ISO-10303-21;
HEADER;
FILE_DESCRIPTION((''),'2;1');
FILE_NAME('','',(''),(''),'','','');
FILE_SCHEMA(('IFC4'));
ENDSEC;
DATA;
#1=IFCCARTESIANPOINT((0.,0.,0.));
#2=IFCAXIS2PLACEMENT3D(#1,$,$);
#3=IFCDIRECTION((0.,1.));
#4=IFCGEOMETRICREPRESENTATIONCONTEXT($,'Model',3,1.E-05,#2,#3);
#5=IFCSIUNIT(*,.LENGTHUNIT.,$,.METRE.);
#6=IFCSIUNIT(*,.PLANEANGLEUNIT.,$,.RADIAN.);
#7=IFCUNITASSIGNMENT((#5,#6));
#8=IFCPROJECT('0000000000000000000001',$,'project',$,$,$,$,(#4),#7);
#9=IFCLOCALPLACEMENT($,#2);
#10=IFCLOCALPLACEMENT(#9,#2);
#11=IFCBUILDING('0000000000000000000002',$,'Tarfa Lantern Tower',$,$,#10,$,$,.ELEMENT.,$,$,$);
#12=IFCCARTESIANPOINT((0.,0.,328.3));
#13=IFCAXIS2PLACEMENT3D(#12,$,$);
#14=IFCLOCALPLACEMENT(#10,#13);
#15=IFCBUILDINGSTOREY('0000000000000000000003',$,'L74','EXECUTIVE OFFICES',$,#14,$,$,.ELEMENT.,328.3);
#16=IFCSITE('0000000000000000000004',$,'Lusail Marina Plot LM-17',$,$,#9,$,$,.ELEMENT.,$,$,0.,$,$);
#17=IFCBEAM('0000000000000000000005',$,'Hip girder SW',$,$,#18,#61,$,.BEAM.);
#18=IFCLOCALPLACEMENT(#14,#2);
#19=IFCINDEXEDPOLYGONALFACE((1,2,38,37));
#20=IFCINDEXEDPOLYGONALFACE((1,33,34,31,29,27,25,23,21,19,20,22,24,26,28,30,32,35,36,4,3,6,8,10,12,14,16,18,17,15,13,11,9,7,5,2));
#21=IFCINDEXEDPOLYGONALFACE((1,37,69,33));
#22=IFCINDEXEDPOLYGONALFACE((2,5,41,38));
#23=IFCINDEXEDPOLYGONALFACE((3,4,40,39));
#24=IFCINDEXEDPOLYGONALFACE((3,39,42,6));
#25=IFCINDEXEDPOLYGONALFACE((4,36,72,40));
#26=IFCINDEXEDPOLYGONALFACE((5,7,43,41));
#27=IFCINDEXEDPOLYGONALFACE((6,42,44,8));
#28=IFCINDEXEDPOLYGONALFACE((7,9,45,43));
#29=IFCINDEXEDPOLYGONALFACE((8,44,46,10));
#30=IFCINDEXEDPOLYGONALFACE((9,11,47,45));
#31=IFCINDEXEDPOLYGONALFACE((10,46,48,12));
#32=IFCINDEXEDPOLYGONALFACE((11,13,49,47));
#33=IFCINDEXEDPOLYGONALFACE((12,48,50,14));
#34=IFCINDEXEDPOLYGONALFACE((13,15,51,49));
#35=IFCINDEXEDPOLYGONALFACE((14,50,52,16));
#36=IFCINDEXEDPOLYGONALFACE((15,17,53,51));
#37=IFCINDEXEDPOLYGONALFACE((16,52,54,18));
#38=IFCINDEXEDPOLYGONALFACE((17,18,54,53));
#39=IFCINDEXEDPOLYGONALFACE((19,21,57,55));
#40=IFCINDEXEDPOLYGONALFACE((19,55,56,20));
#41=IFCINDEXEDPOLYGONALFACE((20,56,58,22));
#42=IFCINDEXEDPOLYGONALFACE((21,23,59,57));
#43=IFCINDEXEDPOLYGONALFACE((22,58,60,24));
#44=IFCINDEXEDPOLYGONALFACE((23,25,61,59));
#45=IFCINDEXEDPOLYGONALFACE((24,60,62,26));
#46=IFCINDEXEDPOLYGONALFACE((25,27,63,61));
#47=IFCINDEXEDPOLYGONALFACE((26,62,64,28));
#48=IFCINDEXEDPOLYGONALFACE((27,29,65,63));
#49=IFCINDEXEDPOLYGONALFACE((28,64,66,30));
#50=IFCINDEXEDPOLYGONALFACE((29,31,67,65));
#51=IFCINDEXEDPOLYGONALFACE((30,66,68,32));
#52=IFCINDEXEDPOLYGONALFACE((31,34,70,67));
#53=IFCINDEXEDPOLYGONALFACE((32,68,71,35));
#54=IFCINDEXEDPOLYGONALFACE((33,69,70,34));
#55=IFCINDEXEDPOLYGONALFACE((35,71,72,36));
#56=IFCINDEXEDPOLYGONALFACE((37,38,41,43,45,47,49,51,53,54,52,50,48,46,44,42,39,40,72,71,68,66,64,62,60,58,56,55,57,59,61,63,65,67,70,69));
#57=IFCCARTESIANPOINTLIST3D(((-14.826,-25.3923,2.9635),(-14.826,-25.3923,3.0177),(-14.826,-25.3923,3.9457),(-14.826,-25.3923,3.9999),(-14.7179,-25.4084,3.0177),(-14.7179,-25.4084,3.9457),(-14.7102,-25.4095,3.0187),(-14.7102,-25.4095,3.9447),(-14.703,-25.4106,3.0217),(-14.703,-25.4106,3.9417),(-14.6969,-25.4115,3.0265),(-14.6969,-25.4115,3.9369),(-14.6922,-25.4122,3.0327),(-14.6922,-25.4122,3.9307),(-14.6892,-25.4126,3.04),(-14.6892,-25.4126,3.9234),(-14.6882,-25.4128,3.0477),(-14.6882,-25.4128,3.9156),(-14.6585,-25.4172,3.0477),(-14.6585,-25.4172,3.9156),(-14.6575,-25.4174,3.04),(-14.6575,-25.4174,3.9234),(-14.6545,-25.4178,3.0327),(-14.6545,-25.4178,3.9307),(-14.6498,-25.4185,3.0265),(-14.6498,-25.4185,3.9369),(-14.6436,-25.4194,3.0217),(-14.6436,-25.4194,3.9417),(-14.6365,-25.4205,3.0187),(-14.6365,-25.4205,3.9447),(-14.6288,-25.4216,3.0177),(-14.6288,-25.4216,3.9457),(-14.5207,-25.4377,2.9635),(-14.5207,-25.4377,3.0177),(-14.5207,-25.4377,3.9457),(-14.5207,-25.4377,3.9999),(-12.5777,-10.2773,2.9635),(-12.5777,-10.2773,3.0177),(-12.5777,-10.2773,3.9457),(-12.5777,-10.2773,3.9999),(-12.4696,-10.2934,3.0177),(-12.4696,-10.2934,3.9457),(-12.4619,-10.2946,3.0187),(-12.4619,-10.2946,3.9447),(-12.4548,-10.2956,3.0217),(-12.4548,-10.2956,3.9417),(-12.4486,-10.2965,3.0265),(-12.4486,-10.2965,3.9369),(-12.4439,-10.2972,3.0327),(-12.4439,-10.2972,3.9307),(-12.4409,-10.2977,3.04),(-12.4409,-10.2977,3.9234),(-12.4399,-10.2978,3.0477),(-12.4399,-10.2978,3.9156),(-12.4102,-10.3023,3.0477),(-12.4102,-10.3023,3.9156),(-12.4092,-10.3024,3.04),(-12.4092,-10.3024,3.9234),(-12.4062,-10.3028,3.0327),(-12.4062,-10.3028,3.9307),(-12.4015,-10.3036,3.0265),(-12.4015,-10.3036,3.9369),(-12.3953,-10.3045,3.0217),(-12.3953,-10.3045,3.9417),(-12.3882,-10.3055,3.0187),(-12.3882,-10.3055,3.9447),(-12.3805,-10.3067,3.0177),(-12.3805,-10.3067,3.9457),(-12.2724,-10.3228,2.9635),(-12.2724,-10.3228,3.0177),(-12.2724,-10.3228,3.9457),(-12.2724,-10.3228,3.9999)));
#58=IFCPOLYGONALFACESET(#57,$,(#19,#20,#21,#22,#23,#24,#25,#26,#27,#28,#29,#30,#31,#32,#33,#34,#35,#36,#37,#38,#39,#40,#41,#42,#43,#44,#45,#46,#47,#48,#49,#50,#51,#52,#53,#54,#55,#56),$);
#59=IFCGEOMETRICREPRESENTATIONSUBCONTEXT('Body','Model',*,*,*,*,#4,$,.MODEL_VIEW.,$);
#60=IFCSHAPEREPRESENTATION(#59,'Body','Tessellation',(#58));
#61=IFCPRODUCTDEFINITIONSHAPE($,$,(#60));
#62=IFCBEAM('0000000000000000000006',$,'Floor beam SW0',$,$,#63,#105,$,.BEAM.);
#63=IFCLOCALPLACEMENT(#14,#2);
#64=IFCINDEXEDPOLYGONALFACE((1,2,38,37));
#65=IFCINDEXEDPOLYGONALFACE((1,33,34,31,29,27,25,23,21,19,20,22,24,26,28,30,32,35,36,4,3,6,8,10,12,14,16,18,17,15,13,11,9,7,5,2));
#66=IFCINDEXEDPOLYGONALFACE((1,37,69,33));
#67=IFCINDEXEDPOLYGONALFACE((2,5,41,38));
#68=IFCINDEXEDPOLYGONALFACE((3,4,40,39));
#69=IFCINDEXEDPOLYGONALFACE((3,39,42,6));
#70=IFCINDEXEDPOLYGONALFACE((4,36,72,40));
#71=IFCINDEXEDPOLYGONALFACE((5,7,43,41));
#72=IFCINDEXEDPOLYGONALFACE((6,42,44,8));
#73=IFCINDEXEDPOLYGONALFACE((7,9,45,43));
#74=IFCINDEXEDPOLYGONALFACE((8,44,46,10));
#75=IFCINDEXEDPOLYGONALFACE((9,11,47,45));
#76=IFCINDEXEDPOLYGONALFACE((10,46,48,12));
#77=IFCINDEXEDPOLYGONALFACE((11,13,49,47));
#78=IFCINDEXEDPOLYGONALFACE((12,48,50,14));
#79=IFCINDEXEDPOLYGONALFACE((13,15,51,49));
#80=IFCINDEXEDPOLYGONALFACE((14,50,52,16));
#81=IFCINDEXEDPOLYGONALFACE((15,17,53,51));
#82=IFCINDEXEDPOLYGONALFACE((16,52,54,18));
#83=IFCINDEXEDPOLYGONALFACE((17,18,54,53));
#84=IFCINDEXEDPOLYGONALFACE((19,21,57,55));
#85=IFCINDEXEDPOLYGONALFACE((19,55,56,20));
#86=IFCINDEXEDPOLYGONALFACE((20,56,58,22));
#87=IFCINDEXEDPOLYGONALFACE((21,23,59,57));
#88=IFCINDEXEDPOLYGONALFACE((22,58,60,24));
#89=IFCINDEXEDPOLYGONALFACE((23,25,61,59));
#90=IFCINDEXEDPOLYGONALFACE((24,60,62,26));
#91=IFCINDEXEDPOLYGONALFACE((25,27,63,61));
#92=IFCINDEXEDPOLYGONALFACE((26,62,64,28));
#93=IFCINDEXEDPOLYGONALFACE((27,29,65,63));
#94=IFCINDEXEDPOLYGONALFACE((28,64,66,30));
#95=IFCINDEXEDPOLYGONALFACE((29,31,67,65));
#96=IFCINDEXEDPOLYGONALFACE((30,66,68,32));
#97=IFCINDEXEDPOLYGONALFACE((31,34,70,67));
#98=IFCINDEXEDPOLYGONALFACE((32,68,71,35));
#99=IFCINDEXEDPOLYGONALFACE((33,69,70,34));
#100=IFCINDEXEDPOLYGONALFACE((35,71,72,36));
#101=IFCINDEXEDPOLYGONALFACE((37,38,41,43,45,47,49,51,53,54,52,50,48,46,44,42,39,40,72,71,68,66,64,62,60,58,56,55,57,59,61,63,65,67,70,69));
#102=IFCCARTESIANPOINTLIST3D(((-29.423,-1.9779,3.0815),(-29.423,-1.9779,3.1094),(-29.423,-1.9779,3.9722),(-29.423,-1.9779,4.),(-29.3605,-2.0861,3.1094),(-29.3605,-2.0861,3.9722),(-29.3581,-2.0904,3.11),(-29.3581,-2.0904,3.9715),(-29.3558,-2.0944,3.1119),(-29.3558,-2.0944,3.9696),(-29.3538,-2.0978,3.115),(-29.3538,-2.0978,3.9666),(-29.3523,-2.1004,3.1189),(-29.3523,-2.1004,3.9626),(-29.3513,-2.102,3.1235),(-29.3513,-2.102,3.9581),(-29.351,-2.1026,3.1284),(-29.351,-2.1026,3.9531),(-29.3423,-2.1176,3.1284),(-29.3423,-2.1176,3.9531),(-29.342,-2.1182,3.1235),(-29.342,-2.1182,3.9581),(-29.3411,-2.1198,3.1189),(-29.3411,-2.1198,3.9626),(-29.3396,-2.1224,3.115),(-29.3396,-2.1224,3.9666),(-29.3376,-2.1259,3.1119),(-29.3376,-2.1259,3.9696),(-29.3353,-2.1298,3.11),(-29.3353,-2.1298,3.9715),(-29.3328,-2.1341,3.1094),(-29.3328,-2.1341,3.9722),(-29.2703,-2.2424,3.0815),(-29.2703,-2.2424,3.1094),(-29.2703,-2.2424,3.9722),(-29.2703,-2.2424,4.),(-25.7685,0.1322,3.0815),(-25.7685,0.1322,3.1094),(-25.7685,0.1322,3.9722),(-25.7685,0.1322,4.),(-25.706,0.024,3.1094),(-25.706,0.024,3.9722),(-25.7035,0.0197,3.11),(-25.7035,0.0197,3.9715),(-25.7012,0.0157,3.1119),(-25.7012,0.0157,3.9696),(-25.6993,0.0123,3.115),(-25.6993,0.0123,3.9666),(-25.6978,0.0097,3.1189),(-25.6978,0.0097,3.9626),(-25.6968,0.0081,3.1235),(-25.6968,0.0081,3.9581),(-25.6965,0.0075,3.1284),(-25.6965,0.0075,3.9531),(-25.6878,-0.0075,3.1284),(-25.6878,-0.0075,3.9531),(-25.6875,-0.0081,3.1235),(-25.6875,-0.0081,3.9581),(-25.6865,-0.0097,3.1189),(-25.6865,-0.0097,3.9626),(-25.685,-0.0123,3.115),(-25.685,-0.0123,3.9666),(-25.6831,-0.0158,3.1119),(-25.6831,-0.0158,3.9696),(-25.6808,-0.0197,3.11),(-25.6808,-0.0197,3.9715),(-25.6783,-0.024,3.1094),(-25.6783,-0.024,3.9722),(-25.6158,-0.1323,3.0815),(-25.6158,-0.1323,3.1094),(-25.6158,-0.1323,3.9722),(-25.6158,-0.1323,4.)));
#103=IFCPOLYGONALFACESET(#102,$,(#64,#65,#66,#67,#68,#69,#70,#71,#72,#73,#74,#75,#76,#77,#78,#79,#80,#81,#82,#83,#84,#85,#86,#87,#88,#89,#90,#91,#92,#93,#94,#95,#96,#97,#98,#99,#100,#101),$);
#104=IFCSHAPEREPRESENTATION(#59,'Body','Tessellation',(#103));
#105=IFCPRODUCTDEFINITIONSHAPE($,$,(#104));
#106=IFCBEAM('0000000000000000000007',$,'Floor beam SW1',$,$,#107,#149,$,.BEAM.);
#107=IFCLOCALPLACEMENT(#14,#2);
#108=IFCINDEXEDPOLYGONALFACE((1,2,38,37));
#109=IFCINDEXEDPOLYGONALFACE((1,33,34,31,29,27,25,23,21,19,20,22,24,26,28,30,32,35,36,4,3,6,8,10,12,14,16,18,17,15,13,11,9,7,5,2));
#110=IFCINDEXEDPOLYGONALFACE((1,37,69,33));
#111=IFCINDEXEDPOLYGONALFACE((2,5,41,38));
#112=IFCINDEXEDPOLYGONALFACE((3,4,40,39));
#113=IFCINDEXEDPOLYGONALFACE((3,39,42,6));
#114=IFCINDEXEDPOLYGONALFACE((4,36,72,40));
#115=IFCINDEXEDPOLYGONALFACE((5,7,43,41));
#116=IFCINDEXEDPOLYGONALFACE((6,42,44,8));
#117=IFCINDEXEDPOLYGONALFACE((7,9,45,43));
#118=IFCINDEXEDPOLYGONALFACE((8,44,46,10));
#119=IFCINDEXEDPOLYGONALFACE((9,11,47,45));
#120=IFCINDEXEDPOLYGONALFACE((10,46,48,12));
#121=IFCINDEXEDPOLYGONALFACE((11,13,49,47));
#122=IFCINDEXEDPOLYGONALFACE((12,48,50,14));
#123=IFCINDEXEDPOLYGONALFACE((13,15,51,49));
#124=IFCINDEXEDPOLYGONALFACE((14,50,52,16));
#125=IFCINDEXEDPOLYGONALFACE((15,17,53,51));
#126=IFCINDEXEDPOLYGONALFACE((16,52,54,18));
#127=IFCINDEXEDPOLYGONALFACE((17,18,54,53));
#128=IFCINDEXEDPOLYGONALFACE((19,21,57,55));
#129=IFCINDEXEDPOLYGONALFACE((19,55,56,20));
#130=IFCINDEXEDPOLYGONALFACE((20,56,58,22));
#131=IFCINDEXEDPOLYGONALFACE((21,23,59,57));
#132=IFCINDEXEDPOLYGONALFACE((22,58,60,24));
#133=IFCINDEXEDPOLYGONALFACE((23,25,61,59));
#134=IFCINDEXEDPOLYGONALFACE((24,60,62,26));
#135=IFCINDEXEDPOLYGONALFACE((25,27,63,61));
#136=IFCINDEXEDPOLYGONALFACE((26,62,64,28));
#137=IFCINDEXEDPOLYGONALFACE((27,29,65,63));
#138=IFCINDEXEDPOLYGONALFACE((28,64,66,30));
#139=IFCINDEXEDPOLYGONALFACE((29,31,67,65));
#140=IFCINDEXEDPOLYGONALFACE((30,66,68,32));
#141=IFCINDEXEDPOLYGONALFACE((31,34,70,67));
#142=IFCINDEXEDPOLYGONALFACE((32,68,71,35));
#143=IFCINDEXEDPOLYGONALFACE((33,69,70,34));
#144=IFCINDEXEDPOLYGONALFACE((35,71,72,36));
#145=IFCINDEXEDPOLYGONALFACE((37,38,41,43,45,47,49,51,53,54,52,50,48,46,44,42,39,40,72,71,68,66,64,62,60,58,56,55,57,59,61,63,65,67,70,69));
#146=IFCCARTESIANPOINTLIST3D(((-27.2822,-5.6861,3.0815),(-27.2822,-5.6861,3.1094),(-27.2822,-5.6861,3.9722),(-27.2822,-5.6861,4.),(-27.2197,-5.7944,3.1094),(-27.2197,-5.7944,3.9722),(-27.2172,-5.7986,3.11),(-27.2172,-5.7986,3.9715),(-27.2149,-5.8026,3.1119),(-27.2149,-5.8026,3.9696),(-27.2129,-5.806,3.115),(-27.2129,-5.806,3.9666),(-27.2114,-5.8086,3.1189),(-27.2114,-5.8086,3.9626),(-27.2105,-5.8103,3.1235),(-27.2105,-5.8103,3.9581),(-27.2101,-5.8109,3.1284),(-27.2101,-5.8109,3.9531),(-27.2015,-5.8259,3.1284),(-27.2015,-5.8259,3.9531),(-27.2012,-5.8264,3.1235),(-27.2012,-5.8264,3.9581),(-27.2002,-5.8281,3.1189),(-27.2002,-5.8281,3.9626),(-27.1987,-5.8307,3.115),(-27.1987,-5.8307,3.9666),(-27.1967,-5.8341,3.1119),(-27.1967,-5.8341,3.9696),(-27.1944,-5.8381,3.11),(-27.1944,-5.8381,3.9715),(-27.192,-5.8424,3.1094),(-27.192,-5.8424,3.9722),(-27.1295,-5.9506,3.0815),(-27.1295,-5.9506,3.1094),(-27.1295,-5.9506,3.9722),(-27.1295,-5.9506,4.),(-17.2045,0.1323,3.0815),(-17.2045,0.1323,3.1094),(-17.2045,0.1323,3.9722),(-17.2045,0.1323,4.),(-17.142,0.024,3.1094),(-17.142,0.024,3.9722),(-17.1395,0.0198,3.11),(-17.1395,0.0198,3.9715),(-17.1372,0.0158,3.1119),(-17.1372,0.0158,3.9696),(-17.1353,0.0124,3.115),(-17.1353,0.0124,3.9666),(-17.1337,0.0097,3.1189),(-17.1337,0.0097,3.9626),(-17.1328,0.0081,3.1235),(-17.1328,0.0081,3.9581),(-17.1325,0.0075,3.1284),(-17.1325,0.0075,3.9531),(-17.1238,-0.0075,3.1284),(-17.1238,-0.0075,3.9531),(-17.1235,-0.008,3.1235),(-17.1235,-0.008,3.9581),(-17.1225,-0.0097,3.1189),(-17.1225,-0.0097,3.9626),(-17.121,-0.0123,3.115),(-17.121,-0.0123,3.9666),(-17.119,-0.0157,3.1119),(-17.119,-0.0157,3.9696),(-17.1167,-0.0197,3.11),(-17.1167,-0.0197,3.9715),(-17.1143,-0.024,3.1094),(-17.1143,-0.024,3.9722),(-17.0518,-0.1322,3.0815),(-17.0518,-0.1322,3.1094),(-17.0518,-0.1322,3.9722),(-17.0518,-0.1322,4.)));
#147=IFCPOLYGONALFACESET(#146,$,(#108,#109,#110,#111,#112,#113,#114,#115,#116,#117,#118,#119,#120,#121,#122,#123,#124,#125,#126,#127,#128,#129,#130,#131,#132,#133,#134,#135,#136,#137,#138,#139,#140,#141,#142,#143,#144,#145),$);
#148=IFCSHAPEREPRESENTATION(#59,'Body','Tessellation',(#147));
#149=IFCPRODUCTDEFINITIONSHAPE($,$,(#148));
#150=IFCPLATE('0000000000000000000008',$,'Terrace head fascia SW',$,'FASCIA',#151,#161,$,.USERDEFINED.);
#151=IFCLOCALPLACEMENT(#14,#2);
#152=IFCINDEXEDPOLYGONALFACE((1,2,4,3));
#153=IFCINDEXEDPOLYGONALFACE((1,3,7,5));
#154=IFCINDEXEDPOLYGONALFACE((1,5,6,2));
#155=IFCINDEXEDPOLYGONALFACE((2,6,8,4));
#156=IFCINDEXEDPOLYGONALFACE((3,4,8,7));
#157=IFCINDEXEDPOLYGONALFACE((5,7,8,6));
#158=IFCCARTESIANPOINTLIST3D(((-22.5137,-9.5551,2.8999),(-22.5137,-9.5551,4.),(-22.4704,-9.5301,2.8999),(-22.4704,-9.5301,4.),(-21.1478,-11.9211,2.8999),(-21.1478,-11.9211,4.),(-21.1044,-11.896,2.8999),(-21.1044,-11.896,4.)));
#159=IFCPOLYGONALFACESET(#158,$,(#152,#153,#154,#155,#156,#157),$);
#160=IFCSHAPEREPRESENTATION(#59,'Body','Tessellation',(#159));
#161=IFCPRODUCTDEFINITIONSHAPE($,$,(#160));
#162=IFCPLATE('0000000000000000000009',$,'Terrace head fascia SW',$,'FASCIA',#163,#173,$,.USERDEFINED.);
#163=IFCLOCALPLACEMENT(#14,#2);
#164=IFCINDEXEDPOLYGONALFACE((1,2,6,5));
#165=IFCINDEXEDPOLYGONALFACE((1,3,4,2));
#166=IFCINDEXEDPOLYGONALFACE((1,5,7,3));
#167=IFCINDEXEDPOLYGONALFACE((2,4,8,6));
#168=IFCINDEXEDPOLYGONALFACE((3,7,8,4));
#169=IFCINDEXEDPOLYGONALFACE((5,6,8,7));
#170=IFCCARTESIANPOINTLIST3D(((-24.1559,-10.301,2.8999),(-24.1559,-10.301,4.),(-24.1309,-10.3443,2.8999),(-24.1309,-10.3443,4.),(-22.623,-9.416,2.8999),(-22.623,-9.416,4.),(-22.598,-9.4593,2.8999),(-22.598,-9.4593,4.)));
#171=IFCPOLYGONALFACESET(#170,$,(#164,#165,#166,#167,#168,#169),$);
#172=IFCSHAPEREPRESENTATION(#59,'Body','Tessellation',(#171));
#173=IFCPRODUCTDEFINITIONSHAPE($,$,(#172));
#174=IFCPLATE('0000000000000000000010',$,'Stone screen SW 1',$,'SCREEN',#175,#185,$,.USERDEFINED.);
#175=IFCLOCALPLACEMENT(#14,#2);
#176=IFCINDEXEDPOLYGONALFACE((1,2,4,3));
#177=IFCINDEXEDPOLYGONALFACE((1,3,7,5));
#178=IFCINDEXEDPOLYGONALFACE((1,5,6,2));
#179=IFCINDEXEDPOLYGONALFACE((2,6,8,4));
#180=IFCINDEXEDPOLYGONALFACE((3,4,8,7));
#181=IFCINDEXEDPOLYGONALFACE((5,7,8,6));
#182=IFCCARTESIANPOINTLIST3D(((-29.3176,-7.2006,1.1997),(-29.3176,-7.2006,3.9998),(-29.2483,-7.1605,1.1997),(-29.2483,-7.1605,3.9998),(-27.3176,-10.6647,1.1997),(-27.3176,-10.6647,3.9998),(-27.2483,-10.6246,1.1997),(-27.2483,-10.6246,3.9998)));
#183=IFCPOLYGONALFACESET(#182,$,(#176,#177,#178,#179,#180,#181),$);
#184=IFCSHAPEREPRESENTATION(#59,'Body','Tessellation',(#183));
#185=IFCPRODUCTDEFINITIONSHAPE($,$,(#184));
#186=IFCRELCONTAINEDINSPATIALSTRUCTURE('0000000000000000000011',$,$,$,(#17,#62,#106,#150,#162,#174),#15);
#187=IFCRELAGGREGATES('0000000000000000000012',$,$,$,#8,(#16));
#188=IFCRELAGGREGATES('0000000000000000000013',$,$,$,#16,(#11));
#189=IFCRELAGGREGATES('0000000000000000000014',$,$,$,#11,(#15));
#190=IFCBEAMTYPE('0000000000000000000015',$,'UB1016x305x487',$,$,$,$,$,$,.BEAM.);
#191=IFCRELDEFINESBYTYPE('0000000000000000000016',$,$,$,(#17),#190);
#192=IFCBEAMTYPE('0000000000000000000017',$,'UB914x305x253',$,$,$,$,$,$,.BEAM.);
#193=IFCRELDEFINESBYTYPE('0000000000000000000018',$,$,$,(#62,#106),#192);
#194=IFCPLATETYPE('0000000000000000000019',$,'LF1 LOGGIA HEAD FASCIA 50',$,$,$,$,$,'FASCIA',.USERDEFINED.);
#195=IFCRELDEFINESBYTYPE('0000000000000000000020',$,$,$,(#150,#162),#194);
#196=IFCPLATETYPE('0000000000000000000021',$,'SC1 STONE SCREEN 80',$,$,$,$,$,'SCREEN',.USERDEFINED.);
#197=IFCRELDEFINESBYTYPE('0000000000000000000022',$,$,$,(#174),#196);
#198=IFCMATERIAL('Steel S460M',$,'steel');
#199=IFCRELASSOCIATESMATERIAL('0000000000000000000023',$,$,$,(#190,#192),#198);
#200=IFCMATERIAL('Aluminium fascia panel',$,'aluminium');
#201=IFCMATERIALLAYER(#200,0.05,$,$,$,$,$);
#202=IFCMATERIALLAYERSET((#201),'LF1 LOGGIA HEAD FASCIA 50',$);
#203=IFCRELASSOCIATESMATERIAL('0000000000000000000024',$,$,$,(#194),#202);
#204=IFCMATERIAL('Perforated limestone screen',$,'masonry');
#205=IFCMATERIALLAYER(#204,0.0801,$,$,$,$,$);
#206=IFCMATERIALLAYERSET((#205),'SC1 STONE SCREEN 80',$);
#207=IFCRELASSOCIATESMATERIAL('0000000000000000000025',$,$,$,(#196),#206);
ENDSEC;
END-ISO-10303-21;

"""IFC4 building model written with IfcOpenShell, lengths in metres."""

from ifc_helpers import new_model, si_unit, direction, frame, origin, origin_2d, place, context, subcontext, project, spatial, rectangle, i_section, extrude, material, layer, layer_set, material_profile, profile_set, type_object, element, save


model = new_model("IFC4")

# Units and contexts
model_context = context("Model", 3, precision=1e-05, world=origin(), true_north=direction((0.0, 1.0)))
body_context = subcontext(model_context, "Body", "Model", "MODEL_VIEW")
ifc_project = project(units=[si_unit("LENGTHUNIT", "METRE"), si_unit("PLANEANGLEUNIT", "RADIAN")], contexts=[model_context])

# Site, building, storey
site_placement = place(None, origin())
site = spatial("IfcSite", under=ifc_project, at=site_placement, Name="Lusail Marina Plot LM-17", CompositionType="ELEMENT", RefElevation=0.0)
building_placement = place(site_placement, origin())
building = spatial("IfcBuilding", under=site, at=building_placement, Name="Tarfa Lantern Tower", CompositionType="ELEMENT")
storey_placement = place(building_placement, frame((0.0, 0.0, 328.3)))
storey = spatial("IfcBuildingStorey", under=building, at=storey_placement, Name="L74", Description="EXECUTIVE OFFICES", CompositionType="ELEMENT", Elevation=328.3)

# Beams
ifc_material_1 = material(Name="Steel S460M", Category="steel")
ifc_material_profile_1 = material_profile(ifc_material_1, i_section(OverallWidth=0.3086, OverallDepth=1.0364, WebThickness=0.03, FlangeThickness=0.0542, FilletRadius=0.03, at=origin_2d()), Name="UB1016x305x487")
ifc_profile_set_1 = profile_set([ifc_material_profile_1], Name="Steel S460M")
beam_type_1 = type_object("IfcBeamType", Name="UB1016x305x487", PredefinedType="BEAM", material=ifc_profile_set_1)
beam_1_placement = place(storey_placement, frame((-12.425, -10.3, 3.4817), z_axis=(-0.147127, -0.989118, 0.0), x_axis=(0.989118, -0.147127, 0.0)))
element("IfcBeam", 1, at=beam_1_placement, inside=storey, type_object=beam_type_1, Name="Hip girder SW", PredefinedType="BEAM", context=body_context, shape_type="SweptSolid", body=[
    extrude(i_section(OverallWidth=0.3086, OverallDepth=1.0364, WebThickness=0.03, FlangeThickness=0.0542, FilletRadius=0.03, at=origin_2d()), origin(), (0.0, 0.0, 1.0), 15.2812),
])
ifc_material_profile_2 = material_profile(ifc_material_1, i_section(OverallWidth=0.3054, OverallDepth=0.9185, WebThickness=0.0173, FlangeThickness=0.0278, FilletRadius=0.019, at=origin_2d()), Name="UB914x305x253")
ifc_profile_set_2 = profile_set([ifc_material_profile_2], Name="Steel S460M")
beam_type_2 = type_object("IfcBeamType", Name="UB914x305x253", PredefinedType="BEAM", material=ifc_profile_set_2)
beam_2_placement = place(storey_placement, frame((-29.3467, -2.1101, 3.5408), z_axis=(0.866009, 0.500028, 0.0), x_axis=(-0.500028, 0.866009, 0.0)))
element("IfcBeam", 2, at=beam_2_placement, inside=storey, type_object=beam_type_2, Name="Floor beam SW0", PredefinedType="BEAM", context=body_context, shape_type="SweptSolid", body=[
    extrude(i_section(OverallWidth=0.3054, OverallDepth=0.9185, WebThickness=0.0173, FlangeThickness=0.0278, FilletRadius=0.019, at=origin_2d()), origin(), (0.0, 0.0, 1.0), 4.22),
])
beam_3_placement = place(storey_placement, frame((-27.2058, -5.8184, 3.5408), z_axis=(0.866024, 0.500002, 0.0), x_axis=(-0.500002, 0.866024, 0.0)))
element("IfcBeam", 3, at=beam_3_placement, inside=storey, type_object=beam_type_2, Name="Floor beam SW1", PredefinedType="BEAM", context=body_context, shape_type="SweptSolid", body=[
    extrude(i_section(OverallWidth=0.3054, OverallDepth=0.9185, WebThickness=0.0173, FlangeThickness=0.0278, FilletRadius=0.019, at=origin_2d()), origin(), (0.0, 0.0, 1.0), 11.6367),
])

# Plates
ifc_material_2 = material(Name="Aluminium fascia panel", Category="aluminium")
ifc_layer_1 = layer(ifc_material_2, 0.05)
ifc_layer_set_1 = layer_set([ifc_layer_1], Name="LF1 LOGGIA HEAD FASCIA 50")
plate_type_1 = type_object("IfcPlateType", Name="LF1 LOGGIA HEAD FASCIA 50", ElementType="FASCIA", PredefinedType="USERDEFINED", material=ifc_layer_set_1)
plate_1_placement = place(storey_placement, frame((-21.8091, -10.7256, 2.8999), z_axis=(0.0, 0.0, 1.0), x_axis=(0.5, -0.866025, 0.0)))
element("IfcPlate", 4, at=plate_1_placement, inside=storey, type_object=plate_type_1, Name="Terrace head fascia SW", ObjectType="FASCIA", PredefinedType="USERDEFINED", context=body_context, shape_type="SweptSolid", body=[
    extrude(rectangle(XDim=2.7319, YDim=0.05, at=origin_2d()), origin(), (0.0, 0.0, 1.0), 1.1001),
])
plate_2_placement = place(storey_placement, frame((-23.377, -9.8801, 2.8999), z_axis=(0.0, 0.0, 1.0), x_axis=(0.866025, 0.5, 0.0)))
element("IfcPlate", 5, at=plate_2_placement, inside=storey, type_object=plate_type_1, Name="Terrace head fascia SW", ObjectType="FASCIA", PredefinedType="USERDEFINED", context=body_context, shape_type="SweptSolid", body=[
    extrude(rectangle(XDim=1.77, YDim=0.05, at=origin_2d()), origin(), (0.0, 0.0, 1.0), 1.1001),
])
ifc_material_3 = material(Name="Perforated limestone screen", Category="masonry")
ifc_layer_2 = layer(ifc_material_3, 0.0801)
ifc_layer_set_2 = layer_set([ifc_layer_2], Name="SC1 STONE SCREEN 80")
plate_type_2 = type_object("IfcPlateType", Name="SC1 STONE SCREEN 80", ElementType="SCREEN", PredefinedType="USERDEFINED", material=ifc_layer_set_2)
plate_3_placement = place(storey_placement, frame((-28.283, -8.9126, 1.1997), z_axis=(0.0, 0.0, 1.0), x_axis=(0.5, -0.866025, 0.0)))
element("IfcPlate", 6, at=plate_3_placement, inside=storey, type_object=plate_type_2, Name="Stone screen SW 1", ObjectType="SCREEN", PredefinedType="USERDEFINED", context=body_context, shape_type="SweptSolid", body=[
    extrude(rectangle(XDim=4.0, YDim=0.0801, at=origin_2d()), origin(), (0.0, 0.0, 1.0), 2.8),
])

save(model, "model.ifc")
